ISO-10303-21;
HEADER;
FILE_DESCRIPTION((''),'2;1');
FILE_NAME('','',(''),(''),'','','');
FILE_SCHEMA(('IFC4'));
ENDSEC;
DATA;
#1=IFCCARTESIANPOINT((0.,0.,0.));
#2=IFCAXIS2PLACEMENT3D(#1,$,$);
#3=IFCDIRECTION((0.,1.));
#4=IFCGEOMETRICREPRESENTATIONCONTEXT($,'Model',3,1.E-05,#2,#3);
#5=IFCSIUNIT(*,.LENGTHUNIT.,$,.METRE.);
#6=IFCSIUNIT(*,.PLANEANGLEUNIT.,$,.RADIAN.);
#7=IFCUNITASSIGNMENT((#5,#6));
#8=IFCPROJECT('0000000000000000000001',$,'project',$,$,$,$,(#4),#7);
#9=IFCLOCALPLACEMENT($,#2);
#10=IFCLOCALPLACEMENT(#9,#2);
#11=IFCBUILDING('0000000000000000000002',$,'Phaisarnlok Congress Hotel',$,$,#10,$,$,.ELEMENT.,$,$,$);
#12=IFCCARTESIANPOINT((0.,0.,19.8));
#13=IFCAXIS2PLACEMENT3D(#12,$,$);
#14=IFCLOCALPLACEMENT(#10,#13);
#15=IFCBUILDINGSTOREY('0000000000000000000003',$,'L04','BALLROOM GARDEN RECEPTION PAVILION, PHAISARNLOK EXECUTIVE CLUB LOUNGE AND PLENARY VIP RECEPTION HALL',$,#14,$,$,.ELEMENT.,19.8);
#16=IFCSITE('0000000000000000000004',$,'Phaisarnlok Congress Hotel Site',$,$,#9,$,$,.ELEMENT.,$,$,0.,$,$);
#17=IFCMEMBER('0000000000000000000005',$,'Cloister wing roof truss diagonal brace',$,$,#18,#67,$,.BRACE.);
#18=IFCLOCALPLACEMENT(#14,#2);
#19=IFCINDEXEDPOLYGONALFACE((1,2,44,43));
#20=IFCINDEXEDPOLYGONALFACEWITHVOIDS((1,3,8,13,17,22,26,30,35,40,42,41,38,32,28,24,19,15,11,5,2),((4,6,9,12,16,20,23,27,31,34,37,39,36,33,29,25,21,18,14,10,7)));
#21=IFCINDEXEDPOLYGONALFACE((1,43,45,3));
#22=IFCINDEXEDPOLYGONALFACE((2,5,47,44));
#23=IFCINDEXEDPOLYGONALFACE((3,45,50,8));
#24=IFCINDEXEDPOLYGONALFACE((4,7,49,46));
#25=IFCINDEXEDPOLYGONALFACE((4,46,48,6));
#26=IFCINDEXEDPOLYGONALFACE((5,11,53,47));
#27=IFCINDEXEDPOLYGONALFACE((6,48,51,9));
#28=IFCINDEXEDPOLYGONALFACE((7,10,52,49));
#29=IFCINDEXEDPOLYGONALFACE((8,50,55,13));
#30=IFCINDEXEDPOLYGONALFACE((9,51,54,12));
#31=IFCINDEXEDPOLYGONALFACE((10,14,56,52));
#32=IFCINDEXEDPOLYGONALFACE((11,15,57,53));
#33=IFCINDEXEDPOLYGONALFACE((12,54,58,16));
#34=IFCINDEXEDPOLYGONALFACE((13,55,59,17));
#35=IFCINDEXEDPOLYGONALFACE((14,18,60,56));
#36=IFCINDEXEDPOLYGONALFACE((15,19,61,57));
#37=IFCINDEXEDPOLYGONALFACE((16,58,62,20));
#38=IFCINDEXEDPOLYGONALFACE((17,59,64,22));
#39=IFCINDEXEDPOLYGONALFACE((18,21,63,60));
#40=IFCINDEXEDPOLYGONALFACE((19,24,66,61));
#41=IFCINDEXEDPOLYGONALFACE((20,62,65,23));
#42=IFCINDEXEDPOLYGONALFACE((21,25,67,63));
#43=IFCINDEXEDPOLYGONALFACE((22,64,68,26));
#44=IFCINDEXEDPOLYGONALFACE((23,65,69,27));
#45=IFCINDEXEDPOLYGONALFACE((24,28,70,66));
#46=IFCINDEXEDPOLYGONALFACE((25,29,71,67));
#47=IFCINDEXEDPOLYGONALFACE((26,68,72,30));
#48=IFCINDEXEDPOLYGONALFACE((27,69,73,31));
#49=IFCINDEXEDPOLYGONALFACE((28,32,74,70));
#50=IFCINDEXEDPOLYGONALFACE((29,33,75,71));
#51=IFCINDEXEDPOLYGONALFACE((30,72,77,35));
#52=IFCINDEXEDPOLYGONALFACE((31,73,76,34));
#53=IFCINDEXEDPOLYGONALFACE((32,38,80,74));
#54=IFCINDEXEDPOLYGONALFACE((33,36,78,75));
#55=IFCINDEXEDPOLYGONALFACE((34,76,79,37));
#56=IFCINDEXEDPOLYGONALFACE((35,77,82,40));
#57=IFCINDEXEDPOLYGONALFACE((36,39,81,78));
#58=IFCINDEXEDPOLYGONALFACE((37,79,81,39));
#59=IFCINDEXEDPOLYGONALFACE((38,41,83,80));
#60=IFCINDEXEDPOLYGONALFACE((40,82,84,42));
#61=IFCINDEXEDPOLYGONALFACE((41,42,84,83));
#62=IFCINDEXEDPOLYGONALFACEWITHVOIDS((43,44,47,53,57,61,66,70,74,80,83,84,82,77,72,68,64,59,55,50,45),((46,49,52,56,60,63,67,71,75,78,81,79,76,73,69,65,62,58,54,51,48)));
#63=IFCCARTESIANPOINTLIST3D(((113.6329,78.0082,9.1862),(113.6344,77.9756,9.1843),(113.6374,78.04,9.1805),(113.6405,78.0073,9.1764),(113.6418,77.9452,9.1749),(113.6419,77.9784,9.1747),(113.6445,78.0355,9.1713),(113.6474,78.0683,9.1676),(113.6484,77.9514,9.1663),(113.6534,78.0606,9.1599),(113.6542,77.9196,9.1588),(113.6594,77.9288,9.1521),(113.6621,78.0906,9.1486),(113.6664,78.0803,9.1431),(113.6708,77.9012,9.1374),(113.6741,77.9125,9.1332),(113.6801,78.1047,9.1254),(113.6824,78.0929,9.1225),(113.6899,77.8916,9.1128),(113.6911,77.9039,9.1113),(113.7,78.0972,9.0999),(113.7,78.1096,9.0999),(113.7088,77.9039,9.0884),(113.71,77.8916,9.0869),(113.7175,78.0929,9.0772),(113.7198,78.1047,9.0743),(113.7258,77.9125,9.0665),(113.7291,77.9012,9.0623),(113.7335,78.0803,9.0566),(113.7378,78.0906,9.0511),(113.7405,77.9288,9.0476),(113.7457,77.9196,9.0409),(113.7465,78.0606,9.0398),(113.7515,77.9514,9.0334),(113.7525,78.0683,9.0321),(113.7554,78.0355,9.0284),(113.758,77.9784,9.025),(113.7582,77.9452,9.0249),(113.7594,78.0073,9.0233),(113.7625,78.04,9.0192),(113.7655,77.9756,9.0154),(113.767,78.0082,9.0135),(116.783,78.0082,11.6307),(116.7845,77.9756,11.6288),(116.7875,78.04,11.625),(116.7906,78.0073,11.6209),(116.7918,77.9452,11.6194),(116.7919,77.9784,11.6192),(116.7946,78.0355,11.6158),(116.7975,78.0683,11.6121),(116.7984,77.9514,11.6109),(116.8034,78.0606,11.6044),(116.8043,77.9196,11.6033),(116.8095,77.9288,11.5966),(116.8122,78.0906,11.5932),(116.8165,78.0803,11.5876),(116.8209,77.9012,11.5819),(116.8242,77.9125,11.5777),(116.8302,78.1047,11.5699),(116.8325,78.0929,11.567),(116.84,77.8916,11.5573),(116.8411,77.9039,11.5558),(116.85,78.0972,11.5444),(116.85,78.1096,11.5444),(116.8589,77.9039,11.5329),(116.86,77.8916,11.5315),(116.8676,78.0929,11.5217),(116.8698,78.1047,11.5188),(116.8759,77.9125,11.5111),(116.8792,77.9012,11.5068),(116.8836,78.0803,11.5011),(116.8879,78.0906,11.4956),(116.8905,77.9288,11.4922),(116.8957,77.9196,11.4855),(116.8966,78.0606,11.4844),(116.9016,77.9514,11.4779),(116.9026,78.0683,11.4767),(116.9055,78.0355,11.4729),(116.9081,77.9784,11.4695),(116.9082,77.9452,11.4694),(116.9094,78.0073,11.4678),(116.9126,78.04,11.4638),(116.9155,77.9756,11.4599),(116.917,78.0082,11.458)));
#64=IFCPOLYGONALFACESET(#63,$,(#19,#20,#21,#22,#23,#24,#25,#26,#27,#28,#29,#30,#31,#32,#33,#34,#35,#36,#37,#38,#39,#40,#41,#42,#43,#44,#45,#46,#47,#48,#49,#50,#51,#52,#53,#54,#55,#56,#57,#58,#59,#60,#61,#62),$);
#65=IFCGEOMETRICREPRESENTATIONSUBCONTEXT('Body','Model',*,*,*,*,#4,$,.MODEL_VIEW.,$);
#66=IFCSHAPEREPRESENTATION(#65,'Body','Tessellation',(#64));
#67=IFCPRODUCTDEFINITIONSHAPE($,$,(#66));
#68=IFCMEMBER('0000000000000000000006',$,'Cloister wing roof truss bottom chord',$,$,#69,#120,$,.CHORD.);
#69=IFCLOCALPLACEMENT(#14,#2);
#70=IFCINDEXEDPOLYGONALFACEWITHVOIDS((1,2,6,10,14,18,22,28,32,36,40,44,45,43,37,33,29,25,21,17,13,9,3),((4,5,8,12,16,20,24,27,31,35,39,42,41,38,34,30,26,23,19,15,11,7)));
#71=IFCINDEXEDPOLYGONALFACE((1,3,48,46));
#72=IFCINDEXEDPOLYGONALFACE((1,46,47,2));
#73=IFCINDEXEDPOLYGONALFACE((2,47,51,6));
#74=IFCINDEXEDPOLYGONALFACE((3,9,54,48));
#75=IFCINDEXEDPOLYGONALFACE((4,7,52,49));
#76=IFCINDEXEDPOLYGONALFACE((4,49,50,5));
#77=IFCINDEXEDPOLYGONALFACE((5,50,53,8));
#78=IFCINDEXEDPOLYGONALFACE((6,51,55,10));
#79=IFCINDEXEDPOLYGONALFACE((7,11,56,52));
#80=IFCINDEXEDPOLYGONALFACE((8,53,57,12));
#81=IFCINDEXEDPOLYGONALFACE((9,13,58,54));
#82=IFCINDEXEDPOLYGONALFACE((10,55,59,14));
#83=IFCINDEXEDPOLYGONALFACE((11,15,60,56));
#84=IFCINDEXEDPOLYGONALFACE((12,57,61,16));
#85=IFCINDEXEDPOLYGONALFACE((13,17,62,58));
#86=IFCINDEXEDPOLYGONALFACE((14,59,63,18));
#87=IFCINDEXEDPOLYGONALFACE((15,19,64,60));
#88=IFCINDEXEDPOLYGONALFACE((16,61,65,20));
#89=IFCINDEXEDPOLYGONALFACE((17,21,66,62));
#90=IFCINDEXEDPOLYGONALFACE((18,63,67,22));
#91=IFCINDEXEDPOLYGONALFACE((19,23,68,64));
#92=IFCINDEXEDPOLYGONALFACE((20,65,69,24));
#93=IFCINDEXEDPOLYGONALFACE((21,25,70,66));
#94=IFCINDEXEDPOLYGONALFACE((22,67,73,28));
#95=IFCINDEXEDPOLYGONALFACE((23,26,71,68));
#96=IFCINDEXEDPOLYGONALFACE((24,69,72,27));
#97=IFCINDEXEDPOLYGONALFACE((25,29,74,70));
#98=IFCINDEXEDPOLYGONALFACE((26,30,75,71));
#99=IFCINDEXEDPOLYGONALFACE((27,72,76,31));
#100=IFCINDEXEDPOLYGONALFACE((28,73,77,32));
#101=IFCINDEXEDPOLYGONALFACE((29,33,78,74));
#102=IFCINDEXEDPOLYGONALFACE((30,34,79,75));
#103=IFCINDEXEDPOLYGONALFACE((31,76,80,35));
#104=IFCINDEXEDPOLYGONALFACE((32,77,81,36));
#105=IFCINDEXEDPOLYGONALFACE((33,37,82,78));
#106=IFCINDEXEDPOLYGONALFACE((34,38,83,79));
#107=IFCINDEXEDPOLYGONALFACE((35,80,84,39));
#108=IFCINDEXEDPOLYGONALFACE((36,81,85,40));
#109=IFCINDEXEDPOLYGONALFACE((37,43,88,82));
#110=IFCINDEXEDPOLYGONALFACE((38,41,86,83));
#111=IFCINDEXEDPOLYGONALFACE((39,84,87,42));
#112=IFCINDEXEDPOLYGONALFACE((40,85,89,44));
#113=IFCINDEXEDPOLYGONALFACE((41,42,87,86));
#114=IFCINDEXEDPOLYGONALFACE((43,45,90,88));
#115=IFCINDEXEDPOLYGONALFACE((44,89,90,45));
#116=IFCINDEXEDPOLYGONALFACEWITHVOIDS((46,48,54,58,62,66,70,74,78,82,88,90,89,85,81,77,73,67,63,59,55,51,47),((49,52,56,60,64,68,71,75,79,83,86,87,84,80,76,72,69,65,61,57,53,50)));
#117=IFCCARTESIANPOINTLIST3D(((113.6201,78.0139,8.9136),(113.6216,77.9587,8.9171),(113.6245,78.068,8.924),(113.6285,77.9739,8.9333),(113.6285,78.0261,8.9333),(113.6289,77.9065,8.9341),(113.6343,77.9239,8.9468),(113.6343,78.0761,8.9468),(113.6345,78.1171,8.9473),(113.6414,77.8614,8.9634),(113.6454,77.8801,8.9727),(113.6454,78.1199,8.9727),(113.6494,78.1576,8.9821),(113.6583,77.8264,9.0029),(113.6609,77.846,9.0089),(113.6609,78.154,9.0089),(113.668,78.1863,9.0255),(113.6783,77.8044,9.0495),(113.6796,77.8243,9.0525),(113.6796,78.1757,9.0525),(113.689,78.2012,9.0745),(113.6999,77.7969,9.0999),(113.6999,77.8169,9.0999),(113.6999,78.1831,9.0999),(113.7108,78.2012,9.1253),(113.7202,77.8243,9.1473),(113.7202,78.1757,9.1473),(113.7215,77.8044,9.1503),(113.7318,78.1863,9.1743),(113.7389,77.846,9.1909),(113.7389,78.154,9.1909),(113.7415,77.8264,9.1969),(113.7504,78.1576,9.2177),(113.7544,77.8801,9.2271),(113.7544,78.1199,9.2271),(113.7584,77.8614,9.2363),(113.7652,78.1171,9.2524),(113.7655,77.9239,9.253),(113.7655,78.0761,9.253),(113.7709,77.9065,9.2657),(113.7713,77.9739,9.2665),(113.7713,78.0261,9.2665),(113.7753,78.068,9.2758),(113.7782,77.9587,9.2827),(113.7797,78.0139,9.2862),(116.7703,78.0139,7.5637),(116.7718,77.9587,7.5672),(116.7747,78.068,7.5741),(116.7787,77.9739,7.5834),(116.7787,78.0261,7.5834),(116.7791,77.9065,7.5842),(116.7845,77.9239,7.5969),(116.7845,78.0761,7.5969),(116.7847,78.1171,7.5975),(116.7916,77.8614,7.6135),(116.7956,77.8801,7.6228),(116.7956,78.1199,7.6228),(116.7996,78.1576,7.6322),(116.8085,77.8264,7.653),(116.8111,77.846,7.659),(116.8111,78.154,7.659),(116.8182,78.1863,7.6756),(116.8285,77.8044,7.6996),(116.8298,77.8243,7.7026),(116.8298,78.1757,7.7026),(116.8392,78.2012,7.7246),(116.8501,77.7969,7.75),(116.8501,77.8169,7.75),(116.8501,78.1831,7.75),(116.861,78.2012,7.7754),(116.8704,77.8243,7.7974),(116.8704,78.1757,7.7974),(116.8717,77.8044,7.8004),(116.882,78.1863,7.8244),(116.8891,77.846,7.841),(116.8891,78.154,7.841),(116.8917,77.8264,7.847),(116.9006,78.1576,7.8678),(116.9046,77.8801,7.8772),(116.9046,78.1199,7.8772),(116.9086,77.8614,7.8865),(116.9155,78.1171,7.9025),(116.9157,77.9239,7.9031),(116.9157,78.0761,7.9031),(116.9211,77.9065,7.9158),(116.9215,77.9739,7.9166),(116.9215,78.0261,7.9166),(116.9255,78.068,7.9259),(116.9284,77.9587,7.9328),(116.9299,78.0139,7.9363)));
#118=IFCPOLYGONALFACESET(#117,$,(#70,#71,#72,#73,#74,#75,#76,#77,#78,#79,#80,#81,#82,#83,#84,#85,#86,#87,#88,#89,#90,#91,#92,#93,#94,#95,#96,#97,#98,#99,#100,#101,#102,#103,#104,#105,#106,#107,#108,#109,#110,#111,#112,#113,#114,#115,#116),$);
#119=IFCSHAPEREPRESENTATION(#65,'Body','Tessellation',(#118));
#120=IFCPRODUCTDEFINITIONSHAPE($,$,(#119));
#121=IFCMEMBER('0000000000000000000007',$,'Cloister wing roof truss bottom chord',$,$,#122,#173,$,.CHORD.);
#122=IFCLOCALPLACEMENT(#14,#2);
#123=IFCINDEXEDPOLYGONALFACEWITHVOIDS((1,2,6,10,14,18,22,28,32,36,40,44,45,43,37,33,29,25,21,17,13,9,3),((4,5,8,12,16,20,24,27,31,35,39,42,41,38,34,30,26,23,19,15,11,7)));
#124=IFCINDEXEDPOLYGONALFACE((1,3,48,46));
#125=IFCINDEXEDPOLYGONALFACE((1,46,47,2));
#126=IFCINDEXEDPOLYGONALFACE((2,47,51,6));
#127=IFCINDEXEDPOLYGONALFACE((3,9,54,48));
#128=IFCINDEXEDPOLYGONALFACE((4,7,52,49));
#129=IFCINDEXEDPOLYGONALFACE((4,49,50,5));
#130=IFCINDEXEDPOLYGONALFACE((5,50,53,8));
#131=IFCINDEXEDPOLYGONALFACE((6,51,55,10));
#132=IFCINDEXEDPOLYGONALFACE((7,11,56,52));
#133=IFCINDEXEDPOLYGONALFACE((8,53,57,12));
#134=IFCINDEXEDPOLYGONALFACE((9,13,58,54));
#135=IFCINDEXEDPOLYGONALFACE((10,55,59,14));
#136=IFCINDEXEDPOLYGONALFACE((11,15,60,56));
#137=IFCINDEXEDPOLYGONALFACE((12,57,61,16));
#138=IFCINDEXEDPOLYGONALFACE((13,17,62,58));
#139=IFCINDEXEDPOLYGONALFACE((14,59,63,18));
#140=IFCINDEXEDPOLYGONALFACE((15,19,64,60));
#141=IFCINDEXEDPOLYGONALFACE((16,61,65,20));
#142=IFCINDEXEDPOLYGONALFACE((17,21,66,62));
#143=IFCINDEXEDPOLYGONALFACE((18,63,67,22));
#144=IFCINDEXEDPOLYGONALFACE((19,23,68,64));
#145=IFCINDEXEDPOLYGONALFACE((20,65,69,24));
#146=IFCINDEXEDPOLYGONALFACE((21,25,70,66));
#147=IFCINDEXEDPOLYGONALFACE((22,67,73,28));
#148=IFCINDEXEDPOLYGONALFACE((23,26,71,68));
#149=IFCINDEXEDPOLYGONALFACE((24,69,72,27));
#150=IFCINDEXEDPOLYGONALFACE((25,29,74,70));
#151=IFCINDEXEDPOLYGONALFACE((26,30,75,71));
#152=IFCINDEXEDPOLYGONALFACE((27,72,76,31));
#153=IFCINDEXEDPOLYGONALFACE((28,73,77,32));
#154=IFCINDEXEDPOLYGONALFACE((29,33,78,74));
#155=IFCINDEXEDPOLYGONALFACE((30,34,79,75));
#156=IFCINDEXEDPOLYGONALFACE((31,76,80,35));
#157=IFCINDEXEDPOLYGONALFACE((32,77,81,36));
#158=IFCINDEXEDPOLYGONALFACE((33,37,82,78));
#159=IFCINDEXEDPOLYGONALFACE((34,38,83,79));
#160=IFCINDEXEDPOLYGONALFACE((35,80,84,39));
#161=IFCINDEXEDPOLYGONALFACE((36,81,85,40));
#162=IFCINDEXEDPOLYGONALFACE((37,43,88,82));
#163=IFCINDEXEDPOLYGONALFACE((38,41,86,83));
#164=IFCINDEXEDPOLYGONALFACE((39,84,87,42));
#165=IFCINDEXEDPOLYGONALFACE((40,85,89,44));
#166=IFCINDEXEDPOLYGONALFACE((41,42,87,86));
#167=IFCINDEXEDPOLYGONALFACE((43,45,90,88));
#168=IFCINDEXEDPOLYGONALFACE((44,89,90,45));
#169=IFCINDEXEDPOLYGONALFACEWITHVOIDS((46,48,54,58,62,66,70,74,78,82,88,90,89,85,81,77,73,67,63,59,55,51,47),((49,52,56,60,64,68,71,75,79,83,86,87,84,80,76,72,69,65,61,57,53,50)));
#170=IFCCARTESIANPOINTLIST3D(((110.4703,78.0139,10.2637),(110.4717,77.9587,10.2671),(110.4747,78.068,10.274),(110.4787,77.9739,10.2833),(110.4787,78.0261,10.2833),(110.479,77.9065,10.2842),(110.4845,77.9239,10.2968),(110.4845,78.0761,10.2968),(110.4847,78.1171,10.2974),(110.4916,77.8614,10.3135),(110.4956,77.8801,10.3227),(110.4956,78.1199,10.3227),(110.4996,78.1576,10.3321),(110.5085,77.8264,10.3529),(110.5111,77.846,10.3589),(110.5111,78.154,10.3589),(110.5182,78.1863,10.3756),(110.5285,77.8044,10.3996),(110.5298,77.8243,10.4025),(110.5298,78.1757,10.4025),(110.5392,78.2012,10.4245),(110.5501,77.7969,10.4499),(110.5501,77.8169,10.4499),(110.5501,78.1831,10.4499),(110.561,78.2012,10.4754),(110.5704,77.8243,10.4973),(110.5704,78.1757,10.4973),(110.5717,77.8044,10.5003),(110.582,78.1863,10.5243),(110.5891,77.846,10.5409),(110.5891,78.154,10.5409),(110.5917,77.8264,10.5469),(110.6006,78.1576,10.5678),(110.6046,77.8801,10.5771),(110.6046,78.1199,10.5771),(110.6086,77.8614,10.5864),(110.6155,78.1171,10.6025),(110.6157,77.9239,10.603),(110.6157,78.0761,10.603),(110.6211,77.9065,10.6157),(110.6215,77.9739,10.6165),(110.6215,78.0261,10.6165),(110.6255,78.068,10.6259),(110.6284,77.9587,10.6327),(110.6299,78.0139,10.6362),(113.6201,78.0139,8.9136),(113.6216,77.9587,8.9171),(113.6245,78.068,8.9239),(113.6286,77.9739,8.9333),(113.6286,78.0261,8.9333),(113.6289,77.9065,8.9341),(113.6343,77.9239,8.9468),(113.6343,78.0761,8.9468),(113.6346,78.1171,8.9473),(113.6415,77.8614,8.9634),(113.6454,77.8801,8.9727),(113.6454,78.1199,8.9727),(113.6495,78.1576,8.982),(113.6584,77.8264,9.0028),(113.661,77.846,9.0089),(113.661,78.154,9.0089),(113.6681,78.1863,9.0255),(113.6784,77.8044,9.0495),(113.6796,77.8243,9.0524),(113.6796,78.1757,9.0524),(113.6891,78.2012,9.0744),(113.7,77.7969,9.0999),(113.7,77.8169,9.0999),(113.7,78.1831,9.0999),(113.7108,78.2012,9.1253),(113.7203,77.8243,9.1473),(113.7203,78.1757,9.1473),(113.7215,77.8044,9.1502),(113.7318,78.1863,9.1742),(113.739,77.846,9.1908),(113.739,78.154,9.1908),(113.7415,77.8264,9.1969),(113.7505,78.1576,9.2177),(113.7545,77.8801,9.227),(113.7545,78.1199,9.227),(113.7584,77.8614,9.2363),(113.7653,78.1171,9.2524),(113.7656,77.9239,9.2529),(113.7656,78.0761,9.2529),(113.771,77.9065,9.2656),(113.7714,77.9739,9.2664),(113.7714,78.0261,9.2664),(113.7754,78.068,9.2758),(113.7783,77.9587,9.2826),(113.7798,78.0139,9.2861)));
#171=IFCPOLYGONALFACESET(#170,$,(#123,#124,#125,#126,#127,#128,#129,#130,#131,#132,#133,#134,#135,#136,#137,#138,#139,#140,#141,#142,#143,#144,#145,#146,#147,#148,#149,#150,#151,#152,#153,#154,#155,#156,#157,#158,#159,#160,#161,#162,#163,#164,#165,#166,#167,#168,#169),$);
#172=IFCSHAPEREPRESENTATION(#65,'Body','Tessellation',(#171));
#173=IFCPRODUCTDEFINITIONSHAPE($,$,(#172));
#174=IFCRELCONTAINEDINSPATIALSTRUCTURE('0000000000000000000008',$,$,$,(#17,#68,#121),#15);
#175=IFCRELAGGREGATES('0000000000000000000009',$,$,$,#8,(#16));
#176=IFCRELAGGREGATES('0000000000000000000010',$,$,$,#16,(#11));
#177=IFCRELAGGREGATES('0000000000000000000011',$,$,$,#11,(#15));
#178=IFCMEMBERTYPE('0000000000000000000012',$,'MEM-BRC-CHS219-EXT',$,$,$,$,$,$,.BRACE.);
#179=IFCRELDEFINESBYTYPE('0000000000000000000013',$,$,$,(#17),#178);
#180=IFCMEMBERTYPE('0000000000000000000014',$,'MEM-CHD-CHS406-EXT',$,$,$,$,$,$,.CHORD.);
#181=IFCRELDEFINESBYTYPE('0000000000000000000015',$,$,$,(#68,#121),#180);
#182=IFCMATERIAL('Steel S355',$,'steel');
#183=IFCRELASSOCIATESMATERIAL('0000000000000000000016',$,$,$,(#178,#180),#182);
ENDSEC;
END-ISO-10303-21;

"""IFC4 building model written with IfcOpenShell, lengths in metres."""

from ifc_helpers import new_model, si_unit, direction, frame, origin, origin_2d, place, context, subcontext, project, spatial, hollow_circle, extrude, material, material_profile, profile_set, type_object, element, save


model = new_model("IFC4")

# Units and contexts
model_context = context("Model", 3, precision=1e-05, world=origin(), true_north=direction((0.0, 1.0)))
body_context = subcontext(model_context, "Body", "Model", "MODEL_VIEW")
ifc_project = project(units=[si_unit("LENGTHUNIT", "METRE"), si_unit("PLANEANGLEUNIT", "RADIAN")], contexts=[model_context])

# Site, building, storey
site_placement = place(None, origin())
site = spatial("IfcSite", under=ifc_project, at=site_placement, Name="Phaisarnlok Congress Hotel Site", CompositionType="ELEMENT", RefElevation=0.0)
building_placement = place(site_placement, origin())
building = spatial("IfcBuilding", under=site, at=building_placement, Name="Phaisarnlok Congress Hotel", CompositionType="ELEMENT")
storey_placement = place(building_placement, frame((0.0, 0.0, 19.8)))
storey = spatial("IfcBuildingStorey", under=building, at=storey_placement, Name="L04", Description="BALLROOM GARDEN RECEPTION PAVILION, PHAISARNLOK EXECUTIVE CLUB LOUNGE AND PLENARY VIP RECEPTION HALL", CompositionType="ELEMENT", Elevation=19.8)

# Members
ifc_material_1 = material(Name="Steel S355", Category="steel")
ifc_material_profile_1 = material_profile(ifc_material_1, hollow_circle(Radius=0.1096, WallThickness=0.0125, at=origin_2d()), Name="CHS 219.1x12.5")
ifc_profile_set_1 = profile_set([ifc_material_profile_1], Name="Steel S355")
member_type_1 = type_object("IfcMemberType", Name="MEM-BRC-CHS219-EXT", PredefinedType="BRACE", material=ifc_profile_set_1)
member_1_placement = place(storey_placement, frame((113.7, 78.0, 9.0999), z_axis=(0.790024, 0.0, 0.613076), x_axis=(0.0, 1.0, 0.0)))
element("IfcMember", 1, at=member_1_placement, inside=storey, type_object=member_type_1, Name="Cloister wing roof truss diagonal brace", PredefinedType="BRACE", context=body_context, shape_type="SweptSolid", body=[
    extrude(hollow_circle(Radius=0.1096, WallThickness=0.0125, at=origin_2d()), origin(), (0.0, 0.0, 1.0), 3.9873),
])
ifc_material_profile_2 = material_profile(ifc_material_1, hollow_circle(Radius=0.2031, WallThickness=0.02, at=origin_2d()), Name="CHS 406.4x20")
ifc_profile_set_2 = profile_set([ifc_material_profile_2], Name="Steel S355")
member_type_2 = type_object("IfcMemberType", Name="MEM-CHD-CHS406-EXT", PredefinedType="CHORD", material=ifc_profile_set_2)
member_2_placement = place(storey_placement, frame((116.8501, 78.0, 7.75), z_axis=(-0.919167, 0.0, 0.393868), x_axis=(0.0, -1.0, 0.0)))
element("IfcMember", 2, at=member_2_placement, inside=storey, type_object=member_type_2, Name="Cloister wing roof truss bottom chord", PredefinedType="CHORD", context=body_context, shape_type="SweptSolid", body=[
    extrude(hollow_circle(Radius=0.2031, WallThickness=0.02, at=origin_2d()), origin(), (0.0, 0.0, 1.0), 3.4272),
])
member_3_placement = place(storey_placement, frame((113.7, 78.0, 9.0999), z_axis=(-0.91913, 0.0, 0.393954), x_axis=(0.0, -1.0, 0.0)))
element("IfcMember", 3, at=member_3_placement, inside=storey, type_object=member_type_2, Name="Cloister wing roof truss bottom chord", PredefinedType="CHORD", context=body_context, shape_type="SweptSolid", body=[
    extrude(hollow_circle(Radius=0.2031, WallThickness=0.02, at=origin_2d()), origin(), (0.0, 0.0, 1.0), 3.427),
])

save(model, "model.ifc")
